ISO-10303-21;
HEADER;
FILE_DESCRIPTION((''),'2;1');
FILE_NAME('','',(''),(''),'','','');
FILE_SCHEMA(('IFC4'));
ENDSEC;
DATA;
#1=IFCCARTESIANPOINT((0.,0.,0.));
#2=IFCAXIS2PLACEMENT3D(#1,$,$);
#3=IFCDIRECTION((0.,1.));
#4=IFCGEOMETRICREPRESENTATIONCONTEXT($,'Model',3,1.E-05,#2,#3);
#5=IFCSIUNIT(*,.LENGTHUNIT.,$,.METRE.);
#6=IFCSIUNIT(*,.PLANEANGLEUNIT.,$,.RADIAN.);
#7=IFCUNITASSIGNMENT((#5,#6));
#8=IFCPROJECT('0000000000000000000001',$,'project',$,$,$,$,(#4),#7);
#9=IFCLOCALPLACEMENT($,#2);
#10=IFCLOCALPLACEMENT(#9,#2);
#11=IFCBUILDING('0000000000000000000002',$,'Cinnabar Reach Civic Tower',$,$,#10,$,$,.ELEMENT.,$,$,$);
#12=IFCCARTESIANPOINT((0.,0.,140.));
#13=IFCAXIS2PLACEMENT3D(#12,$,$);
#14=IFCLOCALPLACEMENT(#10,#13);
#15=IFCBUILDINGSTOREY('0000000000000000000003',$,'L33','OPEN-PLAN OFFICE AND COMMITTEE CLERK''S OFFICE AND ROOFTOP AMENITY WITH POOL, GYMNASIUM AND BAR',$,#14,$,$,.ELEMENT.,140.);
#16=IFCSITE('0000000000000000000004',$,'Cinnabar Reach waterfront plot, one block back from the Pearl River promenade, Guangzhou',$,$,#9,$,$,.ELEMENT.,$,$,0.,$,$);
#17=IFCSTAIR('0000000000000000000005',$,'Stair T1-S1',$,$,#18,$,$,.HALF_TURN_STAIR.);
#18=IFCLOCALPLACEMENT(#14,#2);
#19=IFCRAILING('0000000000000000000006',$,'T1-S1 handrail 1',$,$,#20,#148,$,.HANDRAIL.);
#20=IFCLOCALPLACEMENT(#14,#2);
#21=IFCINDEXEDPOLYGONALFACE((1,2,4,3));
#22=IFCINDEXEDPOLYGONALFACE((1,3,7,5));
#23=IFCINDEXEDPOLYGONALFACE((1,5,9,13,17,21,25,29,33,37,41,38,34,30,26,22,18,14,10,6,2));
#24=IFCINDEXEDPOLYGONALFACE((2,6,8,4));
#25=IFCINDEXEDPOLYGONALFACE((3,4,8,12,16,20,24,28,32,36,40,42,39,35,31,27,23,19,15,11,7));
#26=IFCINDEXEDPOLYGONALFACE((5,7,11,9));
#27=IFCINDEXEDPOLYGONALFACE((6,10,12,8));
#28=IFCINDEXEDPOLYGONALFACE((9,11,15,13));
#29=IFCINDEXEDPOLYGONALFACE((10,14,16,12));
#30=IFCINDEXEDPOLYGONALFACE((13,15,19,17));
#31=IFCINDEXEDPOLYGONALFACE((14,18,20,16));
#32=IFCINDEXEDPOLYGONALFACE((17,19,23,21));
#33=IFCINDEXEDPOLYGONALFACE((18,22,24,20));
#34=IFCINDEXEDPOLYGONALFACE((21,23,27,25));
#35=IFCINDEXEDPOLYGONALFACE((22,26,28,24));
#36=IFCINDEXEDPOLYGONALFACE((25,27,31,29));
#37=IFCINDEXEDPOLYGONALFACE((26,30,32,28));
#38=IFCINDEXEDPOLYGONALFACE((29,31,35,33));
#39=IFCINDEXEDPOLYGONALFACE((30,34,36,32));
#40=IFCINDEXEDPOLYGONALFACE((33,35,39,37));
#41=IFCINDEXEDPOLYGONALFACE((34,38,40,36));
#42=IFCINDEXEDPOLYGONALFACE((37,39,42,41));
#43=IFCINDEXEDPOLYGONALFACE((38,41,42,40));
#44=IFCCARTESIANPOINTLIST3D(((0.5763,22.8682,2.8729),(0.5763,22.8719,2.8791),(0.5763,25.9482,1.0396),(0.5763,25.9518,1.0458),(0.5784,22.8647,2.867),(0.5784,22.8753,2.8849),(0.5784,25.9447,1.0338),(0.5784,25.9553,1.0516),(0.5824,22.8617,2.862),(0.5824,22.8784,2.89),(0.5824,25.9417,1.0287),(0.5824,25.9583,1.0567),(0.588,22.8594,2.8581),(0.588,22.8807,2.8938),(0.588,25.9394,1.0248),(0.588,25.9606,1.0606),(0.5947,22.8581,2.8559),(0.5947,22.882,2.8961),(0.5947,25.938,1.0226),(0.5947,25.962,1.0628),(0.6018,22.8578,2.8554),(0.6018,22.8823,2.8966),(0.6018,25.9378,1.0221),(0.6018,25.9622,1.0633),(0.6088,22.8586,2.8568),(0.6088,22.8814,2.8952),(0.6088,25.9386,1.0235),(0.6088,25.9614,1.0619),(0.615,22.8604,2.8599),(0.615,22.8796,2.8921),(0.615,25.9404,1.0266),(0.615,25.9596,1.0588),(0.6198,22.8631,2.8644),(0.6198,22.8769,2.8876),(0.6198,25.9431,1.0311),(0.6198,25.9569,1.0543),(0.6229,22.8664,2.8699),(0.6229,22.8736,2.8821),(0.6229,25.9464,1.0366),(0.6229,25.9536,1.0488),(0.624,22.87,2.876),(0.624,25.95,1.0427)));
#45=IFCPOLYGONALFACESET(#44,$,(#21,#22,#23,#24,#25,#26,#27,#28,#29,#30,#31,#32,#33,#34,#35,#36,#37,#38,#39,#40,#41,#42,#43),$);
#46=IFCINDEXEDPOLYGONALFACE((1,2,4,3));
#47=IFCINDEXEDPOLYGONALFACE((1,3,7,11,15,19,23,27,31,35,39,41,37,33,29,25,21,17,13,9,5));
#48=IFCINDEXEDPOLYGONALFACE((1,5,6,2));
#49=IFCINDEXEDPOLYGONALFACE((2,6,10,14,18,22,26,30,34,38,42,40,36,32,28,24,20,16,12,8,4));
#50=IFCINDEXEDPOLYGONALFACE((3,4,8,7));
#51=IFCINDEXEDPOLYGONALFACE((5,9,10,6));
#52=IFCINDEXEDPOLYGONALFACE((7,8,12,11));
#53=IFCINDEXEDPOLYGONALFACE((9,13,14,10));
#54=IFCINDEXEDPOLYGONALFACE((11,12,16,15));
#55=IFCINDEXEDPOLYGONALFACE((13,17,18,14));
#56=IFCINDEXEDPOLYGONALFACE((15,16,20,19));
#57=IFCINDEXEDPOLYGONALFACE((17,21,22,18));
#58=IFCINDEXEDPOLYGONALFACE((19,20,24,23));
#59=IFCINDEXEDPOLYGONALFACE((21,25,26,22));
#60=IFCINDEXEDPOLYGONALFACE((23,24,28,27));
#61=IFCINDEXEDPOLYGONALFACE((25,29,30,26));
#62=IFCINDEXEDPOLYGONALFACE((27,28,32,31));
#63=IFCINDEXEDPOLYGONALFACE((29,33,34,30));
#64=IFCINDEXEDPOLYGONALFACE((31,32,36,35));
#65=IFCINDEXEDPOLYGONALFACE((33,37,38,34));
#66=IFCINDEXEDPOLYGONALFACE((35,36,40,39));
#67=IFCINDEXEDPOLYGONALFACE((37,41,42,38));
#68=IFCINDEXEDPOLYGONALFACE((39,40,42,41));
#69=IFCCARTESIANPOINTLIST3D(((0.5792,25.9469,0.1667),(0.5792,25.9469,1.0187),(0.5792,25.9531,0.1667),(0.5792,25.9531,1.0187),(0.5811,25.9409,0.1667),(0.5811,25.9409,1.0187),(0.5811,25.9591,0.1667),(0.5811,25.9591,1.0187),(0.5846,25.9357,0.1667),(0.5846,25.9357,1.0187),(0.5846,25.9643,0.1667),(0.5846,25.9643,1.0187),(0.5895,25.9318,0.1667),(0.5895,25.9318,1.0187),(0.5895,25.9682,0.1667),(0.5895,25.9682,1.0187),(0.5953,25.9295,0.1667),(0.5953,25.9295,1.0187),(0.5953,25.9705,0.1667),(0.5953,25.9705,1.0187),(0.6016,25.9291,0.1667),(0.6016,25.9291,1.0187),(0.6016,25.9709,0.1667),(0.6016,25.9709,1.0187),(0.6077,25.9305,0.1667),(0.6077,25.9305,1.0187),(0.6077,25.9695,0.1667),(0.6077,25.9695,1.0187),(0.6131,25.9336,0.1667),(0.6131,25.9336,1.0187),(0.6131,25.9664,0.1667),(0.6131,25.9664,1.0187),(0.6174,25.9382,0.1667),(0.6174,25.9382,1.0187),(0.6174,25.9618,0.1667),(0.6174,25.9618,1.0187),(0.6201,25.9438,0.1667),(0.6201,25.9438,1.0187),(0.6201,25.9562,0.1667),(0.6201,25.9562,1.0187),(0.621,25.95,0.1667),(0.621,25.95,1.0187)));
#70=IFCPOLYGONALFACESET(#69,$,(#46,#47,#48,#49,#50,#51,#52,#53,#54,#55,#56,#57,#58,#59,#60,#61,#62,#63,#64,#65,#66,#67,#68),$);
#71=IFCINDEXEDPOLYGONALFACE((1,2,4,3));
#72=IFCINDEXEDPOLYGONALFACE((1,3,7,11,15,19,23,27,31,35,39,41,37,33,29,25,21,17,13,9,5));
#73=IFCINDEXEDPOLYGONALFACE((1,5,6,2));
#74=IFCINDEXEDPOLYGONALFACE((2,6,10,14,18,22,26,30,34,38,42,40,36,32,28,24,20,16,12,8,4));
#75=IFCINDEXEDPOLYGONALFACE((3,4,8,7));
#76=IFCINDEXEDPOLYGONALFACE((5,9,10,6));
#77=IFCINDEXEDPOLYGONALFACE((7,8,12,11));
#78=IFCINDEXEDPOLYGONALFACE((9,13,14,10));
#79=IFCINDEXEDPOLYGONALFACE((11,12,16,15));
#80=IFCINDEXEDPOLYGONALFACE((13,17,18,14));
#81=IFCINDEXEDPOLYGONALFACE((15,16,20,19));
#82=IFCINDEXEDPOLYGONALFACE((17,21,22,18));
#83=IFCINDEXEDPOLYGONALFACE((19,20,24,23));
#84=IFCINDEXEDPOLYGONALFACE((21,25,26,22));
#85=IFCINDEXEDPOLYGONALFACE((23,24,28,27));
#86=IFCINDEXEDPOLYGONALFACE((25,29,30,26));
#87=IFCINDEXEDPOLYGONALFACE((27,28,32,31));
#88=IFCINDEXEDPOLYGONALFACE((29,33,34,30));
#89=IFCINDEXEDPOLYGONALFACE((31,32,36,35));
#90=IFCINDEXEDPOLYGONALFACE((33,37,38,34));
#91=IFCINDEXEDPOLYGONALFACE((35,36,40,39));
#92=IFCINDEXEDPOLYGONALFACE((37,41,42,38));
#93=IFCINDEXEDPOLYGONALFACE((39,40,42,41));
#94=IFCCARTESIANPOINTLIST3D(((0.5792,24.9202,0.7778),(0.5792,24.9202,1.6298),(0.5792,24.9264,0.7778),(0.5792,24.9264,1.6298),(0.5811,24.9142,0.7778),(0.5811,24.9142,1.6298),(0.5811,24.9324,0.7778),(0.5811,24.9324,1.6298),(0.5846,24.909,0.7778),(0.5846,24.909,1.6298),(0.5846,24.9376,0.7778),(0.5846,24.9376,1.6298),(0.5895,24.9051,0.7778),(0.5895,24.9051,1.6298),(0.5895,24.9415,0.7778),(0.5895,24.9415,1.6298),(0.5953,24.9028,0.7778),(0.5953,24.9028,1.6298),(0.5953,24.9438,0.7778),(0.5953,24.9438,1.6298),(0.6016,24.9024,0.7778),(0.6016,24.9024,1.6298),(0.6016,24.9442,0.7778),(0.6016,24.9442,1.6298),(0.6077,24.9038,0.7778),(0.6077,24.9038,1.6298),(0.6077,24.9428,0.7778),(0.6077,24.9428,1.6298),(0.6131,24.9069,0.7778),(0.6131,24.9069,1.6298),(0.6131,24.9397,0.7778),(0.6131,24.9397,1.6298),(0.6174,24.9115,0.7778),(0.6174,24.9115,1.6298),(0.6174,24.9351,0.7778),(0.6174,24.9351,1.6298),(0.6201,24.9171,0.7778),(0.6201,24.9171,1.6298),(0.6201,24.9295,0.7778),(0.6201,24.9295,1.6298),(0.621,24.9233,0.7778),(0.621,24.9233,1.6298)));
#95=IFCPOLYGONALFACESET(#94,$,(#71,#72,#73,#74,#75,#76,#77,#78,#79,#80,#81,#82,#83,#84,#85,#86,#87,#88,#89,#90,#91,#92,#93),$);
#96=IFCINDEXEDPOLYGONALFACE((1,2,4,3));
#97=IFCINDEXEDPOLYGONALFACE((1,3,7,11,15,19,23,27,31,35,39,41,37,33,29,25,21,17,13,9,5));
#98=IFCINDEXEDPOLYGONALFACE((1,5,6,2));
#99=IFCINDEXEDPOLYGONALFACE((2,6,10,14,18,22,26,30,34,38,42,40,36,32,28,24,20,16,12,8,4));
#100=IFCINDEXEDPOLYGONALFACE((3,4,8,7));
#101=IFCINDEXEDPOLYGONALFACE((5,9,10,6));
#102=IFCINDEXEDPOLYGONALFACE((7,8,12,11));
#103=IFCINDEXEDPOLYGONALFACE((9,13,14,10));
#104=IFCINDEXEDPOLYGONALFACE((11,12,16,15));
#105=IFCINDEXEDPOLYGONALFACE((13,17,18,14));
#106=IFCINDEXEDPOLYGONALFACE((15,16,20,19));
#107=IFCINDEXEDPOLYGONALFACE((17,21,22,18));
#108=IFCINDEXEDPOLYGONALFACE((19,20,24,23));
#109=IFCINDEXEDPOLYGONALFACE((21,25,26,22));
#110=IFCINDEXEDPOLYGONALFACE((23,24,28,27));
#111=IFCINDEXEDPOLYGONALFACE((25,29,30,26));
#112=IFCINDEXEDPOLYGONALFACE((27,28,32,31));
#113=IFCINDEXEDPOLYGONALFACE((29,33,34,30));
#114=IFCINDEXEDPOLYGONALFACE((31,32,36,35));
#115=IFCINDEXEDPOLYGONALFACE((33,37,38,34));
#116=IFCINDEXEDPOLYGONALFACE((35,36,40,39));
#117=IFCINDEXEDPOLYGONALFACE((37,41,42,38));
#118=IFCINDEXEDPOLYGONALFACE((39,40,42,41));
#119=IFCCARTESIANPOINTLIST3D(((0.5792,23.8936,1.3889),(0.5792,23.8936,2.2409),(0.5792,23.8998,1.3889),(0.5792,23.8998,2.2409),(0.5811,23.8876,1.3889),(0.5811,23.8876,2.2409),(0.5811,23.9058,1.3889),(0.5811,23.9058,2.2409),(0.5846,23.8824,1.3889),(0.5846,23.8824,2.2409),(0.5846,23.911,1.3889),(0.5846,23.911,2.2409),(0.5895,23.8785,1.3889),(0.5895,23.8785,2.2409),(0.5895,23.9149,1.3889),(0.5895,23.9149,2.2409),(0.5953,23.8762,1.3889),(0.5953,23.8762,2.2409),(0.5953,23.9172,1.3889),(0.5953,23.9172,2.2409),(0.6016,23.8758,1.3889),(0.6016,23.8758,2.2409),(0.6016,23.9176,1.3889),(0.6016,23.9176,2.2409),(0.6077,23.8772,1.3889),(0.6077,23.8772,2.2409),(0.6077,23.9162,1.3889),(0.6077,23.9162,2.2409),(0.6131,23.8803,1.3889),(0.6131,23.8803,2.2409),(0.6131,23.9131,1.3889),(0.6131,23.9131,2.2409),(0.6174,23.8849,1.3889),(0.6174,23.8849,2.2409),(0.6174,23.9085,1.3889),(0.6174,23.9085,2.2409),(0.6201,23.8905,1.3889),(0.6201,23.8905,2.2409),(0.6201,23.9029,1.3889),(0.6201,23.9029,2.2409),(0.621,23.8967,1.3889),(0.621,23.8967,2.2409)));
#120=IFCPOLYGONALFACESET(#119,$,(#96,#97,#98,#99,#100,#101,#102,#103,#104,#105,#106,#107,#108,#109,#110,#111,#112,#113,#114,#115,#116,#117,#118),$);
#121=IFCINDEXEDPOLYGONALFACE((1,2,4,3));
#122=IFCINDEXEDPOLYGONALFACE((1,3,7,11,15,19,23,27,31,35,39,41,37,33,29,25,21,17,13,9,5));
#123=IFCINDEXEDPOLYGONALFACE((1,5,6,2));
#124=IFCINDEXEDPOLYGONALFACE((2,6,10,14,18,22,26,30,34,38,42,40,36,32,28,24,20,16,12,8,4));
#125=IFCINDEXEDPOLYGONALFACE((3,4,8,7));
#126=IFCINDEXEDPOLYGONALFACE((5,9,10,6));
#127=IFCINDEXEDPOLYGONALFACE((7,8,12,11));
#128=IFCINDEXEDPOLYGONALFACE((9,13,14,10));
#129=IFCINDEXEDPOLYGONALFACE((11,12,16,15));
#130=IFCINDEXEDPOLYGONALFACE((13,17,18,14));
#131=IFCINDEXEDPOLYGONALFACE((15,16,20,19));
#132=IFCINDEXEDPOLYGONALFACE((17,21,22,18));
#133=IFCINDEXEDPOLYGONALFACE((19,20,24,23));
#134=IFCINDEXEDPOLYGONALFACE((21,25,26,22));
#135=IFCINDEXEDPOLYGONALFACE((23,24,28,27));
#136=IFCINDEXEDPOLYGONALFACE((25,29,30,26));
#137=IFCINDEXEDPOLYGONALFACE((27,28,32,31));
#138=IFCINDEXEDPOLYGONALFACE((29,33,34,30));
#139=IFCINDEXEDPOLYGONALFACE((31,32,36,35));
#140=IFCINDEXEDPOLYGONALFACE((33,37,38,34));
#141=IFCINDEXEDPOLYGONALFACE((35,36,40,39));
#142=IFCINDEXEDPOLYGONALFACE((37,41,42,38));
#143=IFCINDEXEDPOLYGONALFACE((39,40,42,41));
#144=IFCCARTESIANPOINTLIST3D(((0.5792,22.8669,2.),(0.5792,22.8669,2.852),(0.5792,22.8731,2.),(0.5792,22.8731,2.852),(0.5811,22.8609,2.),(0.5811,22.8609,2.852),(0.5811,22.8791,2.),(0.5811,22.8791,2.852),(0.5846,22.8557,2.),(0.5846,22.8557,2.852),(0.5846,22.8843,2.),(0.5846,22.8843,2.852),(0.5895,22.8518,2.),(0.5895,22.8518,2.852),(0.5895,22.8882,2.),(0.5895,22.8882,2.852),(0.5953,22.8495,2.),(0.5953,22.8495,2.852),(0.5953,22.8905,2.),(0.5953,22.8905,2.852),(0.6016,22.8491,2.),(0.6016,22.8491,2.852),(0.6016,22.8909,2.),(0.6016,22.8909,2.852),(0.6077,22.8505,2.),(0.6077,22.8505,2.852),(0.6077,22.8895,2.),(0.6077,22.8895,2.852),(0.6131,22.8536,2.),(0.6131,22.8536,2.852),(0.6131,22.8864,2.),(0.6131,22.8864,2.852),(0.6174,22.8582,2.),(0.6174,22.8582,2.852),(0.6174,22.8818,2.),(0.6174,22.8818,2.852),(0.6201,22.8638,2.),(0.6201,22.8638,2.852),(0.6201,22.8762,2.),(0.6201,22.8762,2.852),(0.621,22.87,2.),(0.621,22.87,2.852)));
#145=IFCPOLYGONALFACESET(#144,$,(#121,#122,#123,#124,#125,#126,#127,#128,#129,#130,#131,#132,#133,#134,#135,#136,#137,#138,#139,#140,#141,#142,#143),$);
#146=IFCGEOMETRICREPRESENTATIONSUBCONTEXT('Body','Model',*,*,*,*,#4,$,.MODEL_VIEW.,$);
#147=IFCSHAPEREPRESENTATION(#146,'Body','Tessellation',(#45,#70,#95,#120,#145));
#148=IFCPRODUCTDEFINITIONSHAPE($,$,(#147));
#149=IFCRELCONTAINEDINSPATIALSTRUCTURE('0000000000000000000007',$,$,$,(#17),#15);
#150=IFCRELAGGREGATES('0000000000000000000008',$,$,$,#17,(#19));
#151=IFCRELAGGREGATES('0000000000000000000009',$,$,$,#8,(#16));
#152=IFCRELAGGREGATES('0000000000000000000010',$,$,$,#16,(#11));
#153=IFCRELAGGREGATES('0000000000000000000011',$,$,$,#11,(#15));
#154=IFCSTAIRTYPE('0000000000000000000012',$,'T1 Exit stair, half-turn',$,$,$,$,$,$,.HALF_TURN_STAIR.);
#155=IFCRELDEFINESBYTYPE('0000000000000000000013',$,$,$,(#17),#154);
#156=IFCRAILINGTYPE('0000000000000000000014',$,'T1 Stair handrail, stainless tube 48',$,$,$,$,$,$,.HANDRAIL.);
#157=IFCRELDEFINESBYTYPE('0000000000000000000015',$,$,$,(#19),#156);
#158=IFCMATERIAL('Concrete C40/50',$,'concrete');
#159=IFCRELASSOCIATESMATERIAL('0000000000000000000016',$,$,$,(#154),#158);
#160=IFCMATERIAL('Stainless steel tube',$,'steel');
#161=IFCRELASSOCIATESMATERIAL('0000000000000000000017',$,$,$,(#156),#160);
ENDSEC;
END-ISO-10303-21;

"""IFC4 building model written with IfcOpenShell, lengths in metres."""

from ifc_helpers import new_model, si_unit, direction, frame, origin, origin_2d, place, context, subcontext, project, spatial, circle, extrude, material, type_object, element, aggregate, save


model = new_model("IFC4")

# Units and contexts
model_context = context("Model", 3, precision=1e-05, world=origin(), true_north=direction((0.0, 1.0)))
body_context = subcontext(model_context, "Body", "Model", "MODEL_VIEW")
ifc_project = project(units=[si_unit("LENGTHUNIT", "METRE"), si_unit("PLANEANGLEUNIT", "RADIAN")], contexts=[model_context])

# Site, building, storey
site_placement = place(None, origin())
site = spatial("IfcSite", under=ifc_project, at=site_placement, Name="Cinnabar Reach waterfront plot, one block back from the Pearl River promenade, Guangzhou", CompositionType="ELEMENT", RefElevation=0.0)
building_placement = place(site_placement, origin())
building = spatial("IfcBuilding", under=site, at=building_placement, Name="Cinnabar Reach Civic Tower", CompositionType="ELEMENT")
storey_placement = place(building_placement, frame((0.0, 0.0, 140.0)))
storey = spatial("IfcBuildingStorey", under=building, at=storey_placement, Name="L33", Description="OPEN-PLAN OFFICE AND COMMITTEE CLERK'S OFFICE AND ROOFTOP AMENITY WITH POOL, GYMNASIUM AND BAR", CompositionType="ELEMENT", Elevation=140.0)

# Shared definitions
ifc_material_1 = material(Name="Concrete C40/50", Category="concrete")

# Stair, railing
stair_type = type_object("IfcStairType", Name="T1 Exit stair, half-turn", PredefinedType="HALF_TURN_STAIR", material=ifc_material_1)
stair_placement = place(storey_placement, origin())
stair = element("IfcStair", 1, at=stair_placement, inside=storey, type_object=stair_type, Name="Stair T1-S1", PredefinedType="HALF_TURN_STAIR")
ifc_material_2 = material(Name="Stainless steel tube", Category="steel")
railing_type = type_object("IfcRailingType", Name="T1 Stair handrail, stainless tube 48", PredefinedType="HANDRAIL", material=ifc_material_2)
railing_1_placement = place(storey_placement, frame((0.6, 25.95, 0.1667)))
railing_1 = element("IfcRailing", 2, at=railing_1_placement, type_object=railing_type, Name="T1-S1 handrail 1", PredefinedType="HANDRAIL", context=body_context, shape_type="SweptSolid", body=[
    extrude(circle(Radius=0.024, at=origin_2d()), frame((0.0, 0.0, 0.876), z_axis=(0.0, -0.859297, 0.511477), x_axis=(1.0, 0.0, 0.0)), (0.0, 0.0, 1.0), 3.5843),
    extrude(circle(Radius=0.021, at=origin_2d()), origin(), (0.0, 0.0, 1.0), 0.852),
    extrude(circle(Radius=0.021, at=origin_2d()), frame((0.0, -1.0267, 0.6111)), (0.0, 0.0, 1.0), 0.852),
    extrude(circle(Radius=0.021, at=origin_2d()), frame((0.0, -2.0533, 1.2222)), (0.0, 0.0, 1.0), 0.852),
    extrude(circle(Radius=0.021, at=origin_2d()), frame((0.0, -3.08, 1.8333)), (0.0, 0.0, 1.0), 0.852),
])
aggregate(stair, [railing_1])

save(model, "model.ifc")
